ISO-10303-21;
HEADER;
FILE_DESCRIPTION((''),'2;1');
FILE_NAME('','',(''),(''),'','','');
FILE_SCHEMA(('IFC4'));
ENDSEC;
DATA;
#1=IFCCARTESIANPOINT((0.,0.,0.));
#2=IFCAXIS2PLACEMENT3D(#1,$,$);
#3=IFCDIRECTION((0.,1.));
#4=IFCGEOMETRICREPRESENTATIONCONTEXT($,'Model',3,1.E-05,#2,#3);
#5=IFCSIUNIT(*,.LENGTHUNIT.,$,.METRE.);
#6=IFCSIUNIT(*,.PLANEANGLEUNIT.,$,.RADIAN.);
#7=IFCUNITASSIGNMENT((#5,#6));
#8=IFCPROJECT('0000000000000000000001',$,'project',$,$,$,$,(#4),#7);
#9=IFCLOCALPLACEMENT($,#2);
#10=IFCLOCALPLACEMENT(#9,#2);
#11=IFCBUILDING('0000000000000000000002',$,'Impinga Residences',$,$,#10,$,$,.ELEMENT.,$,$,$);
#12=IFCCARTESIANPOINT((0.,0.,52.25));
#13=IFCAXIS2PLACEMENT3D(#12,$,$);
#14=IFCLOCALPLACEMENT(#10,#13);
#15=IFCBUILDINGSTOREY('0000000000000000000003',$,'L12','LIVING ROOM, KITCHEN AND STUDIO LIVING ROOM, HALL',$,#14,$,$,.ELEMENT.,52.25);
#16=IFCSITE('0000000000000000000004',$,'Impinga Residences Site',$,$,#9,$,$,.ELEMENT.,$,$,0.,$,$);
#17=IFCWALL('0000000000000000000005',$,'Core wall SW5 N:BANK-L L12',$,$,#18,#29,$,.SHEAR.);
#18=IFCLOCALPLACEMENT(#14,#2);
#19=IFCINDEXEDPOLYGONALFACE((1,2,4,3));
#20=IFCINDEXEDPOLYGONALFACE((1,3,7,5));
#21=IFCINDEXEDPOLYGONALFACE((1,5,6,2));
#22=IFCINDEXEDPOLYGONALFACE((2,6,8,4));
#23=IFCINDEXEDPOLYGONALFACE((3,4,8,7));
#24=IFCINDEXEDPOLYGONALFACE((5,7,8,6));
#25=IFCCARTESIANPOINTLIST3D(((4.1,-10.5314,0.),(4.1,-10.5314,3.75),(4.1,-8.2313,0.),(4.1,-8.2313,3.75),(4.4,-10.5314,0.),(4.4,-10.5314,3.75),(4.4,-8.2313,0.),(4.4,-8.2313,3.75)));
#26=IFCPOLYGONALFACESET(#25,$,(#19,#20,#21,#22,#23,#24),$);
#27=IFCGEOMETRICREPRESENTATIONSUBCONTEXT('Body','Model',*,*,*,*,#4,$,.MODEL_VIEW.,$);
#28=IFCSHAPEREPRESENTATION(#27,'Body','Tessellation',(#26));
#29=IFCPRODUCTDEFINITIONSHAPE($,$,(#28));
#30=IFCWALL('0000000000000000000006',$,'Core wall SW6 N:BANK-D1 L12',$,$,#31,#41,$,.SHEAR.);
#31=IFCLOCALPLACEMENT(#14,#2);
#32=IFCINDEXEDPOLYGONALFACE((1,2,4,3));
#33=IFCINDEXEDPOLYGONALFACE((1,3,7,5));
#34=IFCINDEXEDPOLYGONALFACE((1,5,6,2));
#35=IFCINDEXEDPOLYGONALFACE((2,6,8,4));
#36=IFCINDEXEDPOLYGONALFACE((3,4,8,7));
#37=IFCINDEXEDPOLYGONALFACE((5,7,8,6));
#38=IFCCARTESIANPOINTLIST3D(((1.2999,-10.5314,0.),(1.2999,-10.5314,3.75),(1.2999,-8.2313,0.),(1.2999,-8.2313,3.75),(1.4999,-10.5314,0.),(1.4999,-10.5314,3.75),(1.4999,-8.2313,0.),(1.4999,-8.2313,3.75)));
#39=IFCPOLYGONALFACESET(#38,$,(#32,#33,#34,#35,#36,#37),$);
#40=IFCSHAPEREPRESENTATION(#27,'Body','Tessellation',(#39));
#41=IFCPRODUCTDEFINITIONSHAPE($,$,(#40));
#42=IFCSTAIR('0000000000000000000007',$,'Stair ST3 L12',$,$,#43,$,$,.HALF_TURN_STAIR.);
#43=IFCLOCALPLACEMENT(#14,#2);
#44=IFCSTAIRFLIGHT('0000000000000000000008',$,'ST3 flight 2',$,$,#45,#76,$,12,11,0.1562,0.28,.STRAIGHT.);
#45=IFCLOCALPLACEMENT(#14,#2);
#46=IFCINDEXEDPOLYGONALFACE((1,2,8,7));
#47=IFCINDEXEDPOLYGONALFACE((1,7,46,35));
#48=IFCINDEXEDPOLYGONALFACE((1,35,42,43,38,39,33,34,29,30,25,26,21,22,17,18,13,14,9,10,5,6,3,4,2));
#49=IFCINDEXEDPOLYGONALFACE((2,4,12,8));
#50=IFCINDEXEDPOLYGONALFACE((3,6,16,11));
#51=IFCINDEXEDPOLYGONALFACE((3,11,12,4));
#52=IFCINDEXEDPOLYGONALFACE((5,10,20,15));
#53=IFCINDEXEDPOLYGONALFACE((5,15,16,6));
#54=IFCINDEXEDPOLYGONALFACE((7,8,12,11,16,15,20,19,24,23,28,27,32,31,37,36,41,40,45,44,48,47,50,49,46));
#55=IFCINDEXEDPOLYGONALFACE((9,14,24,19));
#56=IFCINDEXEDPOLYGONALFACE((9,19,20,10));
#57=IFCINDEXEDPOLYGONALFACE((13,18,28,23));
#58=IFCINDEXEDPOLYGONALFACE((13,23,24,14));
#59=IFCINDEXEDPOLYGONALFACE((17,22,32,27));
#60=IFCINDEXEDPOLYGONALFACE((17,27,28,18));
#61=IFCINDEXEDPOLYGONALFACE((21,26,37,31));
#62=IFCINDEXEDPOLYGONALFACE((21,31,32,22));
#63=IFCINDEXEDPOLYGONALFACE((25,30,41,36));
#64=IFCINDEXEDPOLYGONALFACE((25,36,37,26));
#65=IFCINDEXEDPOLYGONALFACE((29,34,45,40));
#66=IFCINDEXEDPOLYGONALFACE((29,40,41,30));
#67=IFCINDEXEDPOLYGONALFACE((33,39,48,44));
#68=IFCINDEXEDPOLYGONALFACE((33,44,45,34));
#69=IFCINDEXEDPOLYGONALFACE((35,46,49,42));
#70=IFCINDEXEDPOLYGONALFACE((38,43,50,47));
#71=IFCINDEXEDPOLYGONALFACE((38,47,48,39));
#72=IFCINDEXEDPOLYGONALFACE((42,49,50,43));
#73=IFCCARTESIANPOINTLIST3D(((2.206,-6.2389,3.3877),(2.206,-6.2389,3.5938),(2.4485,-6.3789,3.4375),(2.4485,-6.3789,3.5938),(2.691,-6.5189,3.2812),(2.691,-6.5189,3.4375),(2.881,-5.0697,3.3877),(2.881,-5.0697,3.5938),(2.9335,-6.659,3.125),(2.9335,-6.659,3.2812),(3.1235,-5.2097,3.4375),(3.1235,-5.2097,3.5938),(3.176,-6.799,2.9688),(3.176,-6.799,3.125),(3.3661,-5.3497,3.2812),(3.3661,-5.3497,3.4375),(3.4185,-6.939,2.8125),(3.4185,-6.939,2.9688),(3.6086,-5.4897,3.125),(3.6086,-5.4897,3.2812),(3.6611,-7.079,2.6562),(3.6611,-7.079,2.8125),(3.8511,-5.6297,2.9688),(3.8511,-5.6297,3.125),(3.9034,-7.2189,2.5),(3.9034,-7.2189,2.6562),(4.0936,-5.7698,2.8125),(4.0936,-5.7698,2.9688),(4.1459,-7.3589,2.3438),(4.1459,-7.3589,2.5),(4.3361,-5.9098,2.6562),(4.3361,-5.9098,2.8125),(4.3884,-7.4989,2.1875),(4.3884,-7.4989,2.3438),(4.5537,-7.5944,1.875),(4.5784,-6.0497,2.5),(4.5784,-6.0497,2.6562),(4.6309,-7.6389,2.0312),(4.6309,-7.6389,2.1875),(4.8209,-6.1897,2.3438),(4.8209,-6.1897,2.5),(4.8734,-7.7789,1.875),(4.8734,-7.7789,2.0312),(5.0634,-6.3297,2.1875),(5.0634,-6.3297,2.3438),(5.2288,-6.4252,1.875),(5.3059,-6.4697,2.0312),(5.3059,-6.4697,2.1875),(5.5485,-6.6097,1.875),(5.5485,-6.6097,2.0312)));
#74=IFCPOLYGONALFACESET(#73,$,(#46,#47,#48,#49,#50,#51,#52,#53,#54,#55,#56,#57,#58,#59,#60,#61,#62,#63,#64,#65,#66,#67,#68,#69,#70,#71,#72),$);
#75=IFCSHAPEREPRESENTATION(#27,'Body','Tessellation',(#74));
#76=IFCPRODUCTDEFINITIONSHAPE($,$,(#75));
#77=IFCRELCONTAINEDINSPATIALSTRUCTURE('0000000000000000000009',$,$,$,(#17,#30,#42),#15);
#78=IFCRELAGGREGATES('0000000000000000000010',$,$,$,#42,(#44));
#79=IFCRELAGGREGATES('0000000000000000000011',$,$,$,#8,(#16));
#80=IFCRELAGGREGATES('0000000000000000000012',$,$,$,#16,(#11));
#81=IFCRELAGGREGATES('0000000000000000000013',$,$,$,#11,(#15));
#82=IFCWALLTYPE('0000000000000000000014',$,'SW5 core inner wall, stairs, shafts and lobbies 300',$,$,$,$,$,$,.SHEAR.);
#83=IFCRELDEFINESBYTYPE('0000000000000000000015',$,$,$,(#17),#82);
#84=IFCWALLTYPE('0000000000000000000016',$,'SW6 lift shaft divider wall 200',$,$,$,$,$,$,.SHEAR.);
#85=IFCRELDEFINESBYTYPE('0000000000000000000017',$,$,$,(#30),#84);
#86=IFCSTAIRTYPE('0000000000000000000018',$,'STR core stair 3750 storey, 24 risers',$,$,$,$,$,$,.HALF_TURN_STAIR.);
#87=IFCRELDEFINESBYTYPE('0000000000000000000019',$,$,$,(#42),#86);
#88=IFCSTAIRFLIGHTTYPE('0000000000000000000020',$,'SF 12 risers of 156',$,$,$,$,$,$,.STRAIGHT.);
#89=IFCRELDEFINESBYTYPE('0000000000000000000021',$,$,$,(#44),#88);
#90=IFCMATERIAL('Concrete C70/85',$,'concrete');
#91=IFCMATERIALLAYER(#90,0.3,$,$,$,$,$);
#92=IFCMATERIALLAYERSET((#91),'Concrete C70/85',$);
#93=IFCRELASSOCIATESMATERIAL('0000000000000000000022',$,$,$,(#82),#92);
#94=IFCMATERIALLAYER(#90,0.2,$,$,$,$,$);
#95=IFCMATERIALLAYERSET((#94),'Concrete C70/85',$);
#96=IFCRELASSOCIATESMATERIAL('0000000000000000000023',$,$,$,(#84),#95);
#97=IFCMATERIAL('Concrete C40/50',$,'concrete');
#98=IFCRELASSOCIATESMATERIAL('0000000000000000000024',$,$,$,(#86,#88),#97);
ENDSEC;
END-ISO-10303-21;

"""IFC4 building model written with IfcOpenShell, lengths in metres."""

from ifc_helpers import new_model, si_unit, direction, frame, frame_2d, origin, place, context, subcontext, project, spatial, polyline, rectangle, outline, extrude, material, layer, layer_set, type_object, element, aggregate, save


model = new_model("IFC4")

# Units and contexts
model_context = context("Model", 3, precision=1e-05, world=origin(), true_north=direction((0.0, 1.0)))
body_context = subcontext(model_context, "Body", "Model", "MODEL_VIEW")
ifc_project = project(units=[si_unit("LENGTHUNIT", "METRE"), si_unit("PLANEANGLEUNIT", "RADIAN")], contexts=[model_context])

# Site, building, storey
site_placement = place(None, origin())
site = spatial("IfcSite", under=ifc_project, at=site_placement, Name="Impinga Residences Site", CompositionType="ELEMENT", RefElevation=0.0)
building_placement = place(site_placement, origin())
building = spatial("IfcBuilding", under=site, at=building_placement, Name="Impinga Residences", CompositionType="ELEMENT")
storey_placement = place(building_placement, frame((0.0, 0.0, 52.25)))
storey = spatial("IfcBuildingStorey", under=building, at=storey_placement, Name="L12", Description="LIVING ROOM, KITCHEN AND STUDIO LIVING ROOM, HALL", CompositionType="ELEMENT", Elevation=52.25)

# Shared definitions
ifc_material_1 = material(Name="Concrete C70/85", Category="concrete")

# Shared definitions
ifc_layer_1 = layer(ifc_material_1, 0.3)
ifc_layer_set_1 = layer_set([ifc_layer_1], Name="Concrete C70/85")
wall_type_1 = type_object("IfcWallType", Name="SW5 core inner wall, stairs, shafts and lobbies 300", PredefinedType="SHEAR", material=ifc_layer_set_1)

# Walls
wall_1_placement = place(storey_placement, frame((4.25, -8.2314, 0.0), z_axis=(0.0, 0.0, 1.0), x_axis=(0.0, -1.0, 0.0)))
element("IfcWall", 1, at=wall_1_placement, inside=storey, type_object=wall_type_1, Name="Core wall SW5 N:BANK-L L12", PredefinedType="SHEAR", context=body_context, shape_type="SweptSolid", body=[
    extrude(rectangle(XDim=2.3, YDim=0.3, at=frame_2d((1.1499, 0.0))), origin(), (0.0, 0.0, 1.0), 3.75),
])
ifc_layer_2 = layer(ifc_material_1, 0.2)
ifc_layer_set_2 = layer_set([ifc_layer_2], Name="Concrete C70/85")
wall_type_2 = type_object("IfcWallType", Name="SW6 lift shaft divider wall 200", PredefinedType="SHEAR", material=ifc_layer_set_2)
wall_2_placement = place(storey_placement, frame((1.3999, -8.2314, 0.0), z_axis=(0.0, 0.0, 1.0), x_axis=(0.0, -1.0, 0.0)))
element("IfcWall", 2, at=wall_2_placement, inside=storey, type_object=wall_type_2, Name="Core wall SW6 N:BANK-D1 L12", PredefinedType="SHEAR", context=body_context, shape_type="SweptSolid", body=[
    extrude(rectangle(XDim=2.3, YDim=0.2, at=frame_2d((1.1499, 0.0))), origin(), (0.0, 0.0, 1.0), 3.75),
])

# Stair, stair flight
ifc_material_2 = material(Name="Concrete C40/50", Category="concrete")
stair_type = type_object("IfcStairType", Name="STR core stair 3750 storey, 24 risers", PredefinedType="HALF_TURN_STAIR", material=ifc_material_2)
stair_placement = place(storey_placement, origin())
stair = element("IfcStair", 3, at=stair_placement, inside=storey, type_object=stair_type, Name="Stair ST3 L12", PredefinedType="HALF_TURN_STAIR")
stair_flight_type = type_object("IfcStairFlightType", Name="SF 12 risers of 156", PredefinedType="STRAIGHT", material=ifc_material_2)
stair_flight_placement = place(storey_placement, frame((5.2109, -7.1943, 1.875), z_axis=(0.0, 0.0, 1.0), x_axis=(-0.866025, 0.5, 0.0)))
stair_flight = element("IfcStairFlight", 4, at=stair_flight_placement, type_object=stair_flight_type, Name="ST3 flight 2", NumberOfRisers=12, NumberOfTreads=11, PredefinedType="STRAIGHT", RiserHeight=0.1562, TreadLength=0.28, context=body_context, shape_type="SweptSolid", body=[
    extrude(outline(polyline([(0.0, 0.0), (0.0, 0.1562), (0.28, 0.1562), (0.28, 0.3125), (0.5601, 0.3125), (0.5601, 0.4688), (0.8401, 0.4688), (0.8401, 0.625), (1.1201, 0.625), (1.1201, 0.7812), (1.3999, 0.7812), (1.3999, 0.9375), (1.6799, 0.9375), (1.6799, 1.0938), (1.96, 1.0938), (1.96, 1.25), (2.24, 1.25), (2.24, 1.4062), (2.52, 1.4062), (2.52, 1.5625), (2.8, 1.5625), (2.8, 1.7188), (3.0801, 1.7188), (3.0801, 1.875), (3.0801, 1.5127), (0.3691, 0.0), (0.0, 0.0)])), frame((0.0, 0.675, 0.0), z_axis=(0.0, -1.0, 0.0), x_axis=(1.0, 0.0, 0.0)), (0.0, 0.0, 1.0), 1.3501),
])
aggregate(stair, [stair_flight])

save(model, "model.ifc")
